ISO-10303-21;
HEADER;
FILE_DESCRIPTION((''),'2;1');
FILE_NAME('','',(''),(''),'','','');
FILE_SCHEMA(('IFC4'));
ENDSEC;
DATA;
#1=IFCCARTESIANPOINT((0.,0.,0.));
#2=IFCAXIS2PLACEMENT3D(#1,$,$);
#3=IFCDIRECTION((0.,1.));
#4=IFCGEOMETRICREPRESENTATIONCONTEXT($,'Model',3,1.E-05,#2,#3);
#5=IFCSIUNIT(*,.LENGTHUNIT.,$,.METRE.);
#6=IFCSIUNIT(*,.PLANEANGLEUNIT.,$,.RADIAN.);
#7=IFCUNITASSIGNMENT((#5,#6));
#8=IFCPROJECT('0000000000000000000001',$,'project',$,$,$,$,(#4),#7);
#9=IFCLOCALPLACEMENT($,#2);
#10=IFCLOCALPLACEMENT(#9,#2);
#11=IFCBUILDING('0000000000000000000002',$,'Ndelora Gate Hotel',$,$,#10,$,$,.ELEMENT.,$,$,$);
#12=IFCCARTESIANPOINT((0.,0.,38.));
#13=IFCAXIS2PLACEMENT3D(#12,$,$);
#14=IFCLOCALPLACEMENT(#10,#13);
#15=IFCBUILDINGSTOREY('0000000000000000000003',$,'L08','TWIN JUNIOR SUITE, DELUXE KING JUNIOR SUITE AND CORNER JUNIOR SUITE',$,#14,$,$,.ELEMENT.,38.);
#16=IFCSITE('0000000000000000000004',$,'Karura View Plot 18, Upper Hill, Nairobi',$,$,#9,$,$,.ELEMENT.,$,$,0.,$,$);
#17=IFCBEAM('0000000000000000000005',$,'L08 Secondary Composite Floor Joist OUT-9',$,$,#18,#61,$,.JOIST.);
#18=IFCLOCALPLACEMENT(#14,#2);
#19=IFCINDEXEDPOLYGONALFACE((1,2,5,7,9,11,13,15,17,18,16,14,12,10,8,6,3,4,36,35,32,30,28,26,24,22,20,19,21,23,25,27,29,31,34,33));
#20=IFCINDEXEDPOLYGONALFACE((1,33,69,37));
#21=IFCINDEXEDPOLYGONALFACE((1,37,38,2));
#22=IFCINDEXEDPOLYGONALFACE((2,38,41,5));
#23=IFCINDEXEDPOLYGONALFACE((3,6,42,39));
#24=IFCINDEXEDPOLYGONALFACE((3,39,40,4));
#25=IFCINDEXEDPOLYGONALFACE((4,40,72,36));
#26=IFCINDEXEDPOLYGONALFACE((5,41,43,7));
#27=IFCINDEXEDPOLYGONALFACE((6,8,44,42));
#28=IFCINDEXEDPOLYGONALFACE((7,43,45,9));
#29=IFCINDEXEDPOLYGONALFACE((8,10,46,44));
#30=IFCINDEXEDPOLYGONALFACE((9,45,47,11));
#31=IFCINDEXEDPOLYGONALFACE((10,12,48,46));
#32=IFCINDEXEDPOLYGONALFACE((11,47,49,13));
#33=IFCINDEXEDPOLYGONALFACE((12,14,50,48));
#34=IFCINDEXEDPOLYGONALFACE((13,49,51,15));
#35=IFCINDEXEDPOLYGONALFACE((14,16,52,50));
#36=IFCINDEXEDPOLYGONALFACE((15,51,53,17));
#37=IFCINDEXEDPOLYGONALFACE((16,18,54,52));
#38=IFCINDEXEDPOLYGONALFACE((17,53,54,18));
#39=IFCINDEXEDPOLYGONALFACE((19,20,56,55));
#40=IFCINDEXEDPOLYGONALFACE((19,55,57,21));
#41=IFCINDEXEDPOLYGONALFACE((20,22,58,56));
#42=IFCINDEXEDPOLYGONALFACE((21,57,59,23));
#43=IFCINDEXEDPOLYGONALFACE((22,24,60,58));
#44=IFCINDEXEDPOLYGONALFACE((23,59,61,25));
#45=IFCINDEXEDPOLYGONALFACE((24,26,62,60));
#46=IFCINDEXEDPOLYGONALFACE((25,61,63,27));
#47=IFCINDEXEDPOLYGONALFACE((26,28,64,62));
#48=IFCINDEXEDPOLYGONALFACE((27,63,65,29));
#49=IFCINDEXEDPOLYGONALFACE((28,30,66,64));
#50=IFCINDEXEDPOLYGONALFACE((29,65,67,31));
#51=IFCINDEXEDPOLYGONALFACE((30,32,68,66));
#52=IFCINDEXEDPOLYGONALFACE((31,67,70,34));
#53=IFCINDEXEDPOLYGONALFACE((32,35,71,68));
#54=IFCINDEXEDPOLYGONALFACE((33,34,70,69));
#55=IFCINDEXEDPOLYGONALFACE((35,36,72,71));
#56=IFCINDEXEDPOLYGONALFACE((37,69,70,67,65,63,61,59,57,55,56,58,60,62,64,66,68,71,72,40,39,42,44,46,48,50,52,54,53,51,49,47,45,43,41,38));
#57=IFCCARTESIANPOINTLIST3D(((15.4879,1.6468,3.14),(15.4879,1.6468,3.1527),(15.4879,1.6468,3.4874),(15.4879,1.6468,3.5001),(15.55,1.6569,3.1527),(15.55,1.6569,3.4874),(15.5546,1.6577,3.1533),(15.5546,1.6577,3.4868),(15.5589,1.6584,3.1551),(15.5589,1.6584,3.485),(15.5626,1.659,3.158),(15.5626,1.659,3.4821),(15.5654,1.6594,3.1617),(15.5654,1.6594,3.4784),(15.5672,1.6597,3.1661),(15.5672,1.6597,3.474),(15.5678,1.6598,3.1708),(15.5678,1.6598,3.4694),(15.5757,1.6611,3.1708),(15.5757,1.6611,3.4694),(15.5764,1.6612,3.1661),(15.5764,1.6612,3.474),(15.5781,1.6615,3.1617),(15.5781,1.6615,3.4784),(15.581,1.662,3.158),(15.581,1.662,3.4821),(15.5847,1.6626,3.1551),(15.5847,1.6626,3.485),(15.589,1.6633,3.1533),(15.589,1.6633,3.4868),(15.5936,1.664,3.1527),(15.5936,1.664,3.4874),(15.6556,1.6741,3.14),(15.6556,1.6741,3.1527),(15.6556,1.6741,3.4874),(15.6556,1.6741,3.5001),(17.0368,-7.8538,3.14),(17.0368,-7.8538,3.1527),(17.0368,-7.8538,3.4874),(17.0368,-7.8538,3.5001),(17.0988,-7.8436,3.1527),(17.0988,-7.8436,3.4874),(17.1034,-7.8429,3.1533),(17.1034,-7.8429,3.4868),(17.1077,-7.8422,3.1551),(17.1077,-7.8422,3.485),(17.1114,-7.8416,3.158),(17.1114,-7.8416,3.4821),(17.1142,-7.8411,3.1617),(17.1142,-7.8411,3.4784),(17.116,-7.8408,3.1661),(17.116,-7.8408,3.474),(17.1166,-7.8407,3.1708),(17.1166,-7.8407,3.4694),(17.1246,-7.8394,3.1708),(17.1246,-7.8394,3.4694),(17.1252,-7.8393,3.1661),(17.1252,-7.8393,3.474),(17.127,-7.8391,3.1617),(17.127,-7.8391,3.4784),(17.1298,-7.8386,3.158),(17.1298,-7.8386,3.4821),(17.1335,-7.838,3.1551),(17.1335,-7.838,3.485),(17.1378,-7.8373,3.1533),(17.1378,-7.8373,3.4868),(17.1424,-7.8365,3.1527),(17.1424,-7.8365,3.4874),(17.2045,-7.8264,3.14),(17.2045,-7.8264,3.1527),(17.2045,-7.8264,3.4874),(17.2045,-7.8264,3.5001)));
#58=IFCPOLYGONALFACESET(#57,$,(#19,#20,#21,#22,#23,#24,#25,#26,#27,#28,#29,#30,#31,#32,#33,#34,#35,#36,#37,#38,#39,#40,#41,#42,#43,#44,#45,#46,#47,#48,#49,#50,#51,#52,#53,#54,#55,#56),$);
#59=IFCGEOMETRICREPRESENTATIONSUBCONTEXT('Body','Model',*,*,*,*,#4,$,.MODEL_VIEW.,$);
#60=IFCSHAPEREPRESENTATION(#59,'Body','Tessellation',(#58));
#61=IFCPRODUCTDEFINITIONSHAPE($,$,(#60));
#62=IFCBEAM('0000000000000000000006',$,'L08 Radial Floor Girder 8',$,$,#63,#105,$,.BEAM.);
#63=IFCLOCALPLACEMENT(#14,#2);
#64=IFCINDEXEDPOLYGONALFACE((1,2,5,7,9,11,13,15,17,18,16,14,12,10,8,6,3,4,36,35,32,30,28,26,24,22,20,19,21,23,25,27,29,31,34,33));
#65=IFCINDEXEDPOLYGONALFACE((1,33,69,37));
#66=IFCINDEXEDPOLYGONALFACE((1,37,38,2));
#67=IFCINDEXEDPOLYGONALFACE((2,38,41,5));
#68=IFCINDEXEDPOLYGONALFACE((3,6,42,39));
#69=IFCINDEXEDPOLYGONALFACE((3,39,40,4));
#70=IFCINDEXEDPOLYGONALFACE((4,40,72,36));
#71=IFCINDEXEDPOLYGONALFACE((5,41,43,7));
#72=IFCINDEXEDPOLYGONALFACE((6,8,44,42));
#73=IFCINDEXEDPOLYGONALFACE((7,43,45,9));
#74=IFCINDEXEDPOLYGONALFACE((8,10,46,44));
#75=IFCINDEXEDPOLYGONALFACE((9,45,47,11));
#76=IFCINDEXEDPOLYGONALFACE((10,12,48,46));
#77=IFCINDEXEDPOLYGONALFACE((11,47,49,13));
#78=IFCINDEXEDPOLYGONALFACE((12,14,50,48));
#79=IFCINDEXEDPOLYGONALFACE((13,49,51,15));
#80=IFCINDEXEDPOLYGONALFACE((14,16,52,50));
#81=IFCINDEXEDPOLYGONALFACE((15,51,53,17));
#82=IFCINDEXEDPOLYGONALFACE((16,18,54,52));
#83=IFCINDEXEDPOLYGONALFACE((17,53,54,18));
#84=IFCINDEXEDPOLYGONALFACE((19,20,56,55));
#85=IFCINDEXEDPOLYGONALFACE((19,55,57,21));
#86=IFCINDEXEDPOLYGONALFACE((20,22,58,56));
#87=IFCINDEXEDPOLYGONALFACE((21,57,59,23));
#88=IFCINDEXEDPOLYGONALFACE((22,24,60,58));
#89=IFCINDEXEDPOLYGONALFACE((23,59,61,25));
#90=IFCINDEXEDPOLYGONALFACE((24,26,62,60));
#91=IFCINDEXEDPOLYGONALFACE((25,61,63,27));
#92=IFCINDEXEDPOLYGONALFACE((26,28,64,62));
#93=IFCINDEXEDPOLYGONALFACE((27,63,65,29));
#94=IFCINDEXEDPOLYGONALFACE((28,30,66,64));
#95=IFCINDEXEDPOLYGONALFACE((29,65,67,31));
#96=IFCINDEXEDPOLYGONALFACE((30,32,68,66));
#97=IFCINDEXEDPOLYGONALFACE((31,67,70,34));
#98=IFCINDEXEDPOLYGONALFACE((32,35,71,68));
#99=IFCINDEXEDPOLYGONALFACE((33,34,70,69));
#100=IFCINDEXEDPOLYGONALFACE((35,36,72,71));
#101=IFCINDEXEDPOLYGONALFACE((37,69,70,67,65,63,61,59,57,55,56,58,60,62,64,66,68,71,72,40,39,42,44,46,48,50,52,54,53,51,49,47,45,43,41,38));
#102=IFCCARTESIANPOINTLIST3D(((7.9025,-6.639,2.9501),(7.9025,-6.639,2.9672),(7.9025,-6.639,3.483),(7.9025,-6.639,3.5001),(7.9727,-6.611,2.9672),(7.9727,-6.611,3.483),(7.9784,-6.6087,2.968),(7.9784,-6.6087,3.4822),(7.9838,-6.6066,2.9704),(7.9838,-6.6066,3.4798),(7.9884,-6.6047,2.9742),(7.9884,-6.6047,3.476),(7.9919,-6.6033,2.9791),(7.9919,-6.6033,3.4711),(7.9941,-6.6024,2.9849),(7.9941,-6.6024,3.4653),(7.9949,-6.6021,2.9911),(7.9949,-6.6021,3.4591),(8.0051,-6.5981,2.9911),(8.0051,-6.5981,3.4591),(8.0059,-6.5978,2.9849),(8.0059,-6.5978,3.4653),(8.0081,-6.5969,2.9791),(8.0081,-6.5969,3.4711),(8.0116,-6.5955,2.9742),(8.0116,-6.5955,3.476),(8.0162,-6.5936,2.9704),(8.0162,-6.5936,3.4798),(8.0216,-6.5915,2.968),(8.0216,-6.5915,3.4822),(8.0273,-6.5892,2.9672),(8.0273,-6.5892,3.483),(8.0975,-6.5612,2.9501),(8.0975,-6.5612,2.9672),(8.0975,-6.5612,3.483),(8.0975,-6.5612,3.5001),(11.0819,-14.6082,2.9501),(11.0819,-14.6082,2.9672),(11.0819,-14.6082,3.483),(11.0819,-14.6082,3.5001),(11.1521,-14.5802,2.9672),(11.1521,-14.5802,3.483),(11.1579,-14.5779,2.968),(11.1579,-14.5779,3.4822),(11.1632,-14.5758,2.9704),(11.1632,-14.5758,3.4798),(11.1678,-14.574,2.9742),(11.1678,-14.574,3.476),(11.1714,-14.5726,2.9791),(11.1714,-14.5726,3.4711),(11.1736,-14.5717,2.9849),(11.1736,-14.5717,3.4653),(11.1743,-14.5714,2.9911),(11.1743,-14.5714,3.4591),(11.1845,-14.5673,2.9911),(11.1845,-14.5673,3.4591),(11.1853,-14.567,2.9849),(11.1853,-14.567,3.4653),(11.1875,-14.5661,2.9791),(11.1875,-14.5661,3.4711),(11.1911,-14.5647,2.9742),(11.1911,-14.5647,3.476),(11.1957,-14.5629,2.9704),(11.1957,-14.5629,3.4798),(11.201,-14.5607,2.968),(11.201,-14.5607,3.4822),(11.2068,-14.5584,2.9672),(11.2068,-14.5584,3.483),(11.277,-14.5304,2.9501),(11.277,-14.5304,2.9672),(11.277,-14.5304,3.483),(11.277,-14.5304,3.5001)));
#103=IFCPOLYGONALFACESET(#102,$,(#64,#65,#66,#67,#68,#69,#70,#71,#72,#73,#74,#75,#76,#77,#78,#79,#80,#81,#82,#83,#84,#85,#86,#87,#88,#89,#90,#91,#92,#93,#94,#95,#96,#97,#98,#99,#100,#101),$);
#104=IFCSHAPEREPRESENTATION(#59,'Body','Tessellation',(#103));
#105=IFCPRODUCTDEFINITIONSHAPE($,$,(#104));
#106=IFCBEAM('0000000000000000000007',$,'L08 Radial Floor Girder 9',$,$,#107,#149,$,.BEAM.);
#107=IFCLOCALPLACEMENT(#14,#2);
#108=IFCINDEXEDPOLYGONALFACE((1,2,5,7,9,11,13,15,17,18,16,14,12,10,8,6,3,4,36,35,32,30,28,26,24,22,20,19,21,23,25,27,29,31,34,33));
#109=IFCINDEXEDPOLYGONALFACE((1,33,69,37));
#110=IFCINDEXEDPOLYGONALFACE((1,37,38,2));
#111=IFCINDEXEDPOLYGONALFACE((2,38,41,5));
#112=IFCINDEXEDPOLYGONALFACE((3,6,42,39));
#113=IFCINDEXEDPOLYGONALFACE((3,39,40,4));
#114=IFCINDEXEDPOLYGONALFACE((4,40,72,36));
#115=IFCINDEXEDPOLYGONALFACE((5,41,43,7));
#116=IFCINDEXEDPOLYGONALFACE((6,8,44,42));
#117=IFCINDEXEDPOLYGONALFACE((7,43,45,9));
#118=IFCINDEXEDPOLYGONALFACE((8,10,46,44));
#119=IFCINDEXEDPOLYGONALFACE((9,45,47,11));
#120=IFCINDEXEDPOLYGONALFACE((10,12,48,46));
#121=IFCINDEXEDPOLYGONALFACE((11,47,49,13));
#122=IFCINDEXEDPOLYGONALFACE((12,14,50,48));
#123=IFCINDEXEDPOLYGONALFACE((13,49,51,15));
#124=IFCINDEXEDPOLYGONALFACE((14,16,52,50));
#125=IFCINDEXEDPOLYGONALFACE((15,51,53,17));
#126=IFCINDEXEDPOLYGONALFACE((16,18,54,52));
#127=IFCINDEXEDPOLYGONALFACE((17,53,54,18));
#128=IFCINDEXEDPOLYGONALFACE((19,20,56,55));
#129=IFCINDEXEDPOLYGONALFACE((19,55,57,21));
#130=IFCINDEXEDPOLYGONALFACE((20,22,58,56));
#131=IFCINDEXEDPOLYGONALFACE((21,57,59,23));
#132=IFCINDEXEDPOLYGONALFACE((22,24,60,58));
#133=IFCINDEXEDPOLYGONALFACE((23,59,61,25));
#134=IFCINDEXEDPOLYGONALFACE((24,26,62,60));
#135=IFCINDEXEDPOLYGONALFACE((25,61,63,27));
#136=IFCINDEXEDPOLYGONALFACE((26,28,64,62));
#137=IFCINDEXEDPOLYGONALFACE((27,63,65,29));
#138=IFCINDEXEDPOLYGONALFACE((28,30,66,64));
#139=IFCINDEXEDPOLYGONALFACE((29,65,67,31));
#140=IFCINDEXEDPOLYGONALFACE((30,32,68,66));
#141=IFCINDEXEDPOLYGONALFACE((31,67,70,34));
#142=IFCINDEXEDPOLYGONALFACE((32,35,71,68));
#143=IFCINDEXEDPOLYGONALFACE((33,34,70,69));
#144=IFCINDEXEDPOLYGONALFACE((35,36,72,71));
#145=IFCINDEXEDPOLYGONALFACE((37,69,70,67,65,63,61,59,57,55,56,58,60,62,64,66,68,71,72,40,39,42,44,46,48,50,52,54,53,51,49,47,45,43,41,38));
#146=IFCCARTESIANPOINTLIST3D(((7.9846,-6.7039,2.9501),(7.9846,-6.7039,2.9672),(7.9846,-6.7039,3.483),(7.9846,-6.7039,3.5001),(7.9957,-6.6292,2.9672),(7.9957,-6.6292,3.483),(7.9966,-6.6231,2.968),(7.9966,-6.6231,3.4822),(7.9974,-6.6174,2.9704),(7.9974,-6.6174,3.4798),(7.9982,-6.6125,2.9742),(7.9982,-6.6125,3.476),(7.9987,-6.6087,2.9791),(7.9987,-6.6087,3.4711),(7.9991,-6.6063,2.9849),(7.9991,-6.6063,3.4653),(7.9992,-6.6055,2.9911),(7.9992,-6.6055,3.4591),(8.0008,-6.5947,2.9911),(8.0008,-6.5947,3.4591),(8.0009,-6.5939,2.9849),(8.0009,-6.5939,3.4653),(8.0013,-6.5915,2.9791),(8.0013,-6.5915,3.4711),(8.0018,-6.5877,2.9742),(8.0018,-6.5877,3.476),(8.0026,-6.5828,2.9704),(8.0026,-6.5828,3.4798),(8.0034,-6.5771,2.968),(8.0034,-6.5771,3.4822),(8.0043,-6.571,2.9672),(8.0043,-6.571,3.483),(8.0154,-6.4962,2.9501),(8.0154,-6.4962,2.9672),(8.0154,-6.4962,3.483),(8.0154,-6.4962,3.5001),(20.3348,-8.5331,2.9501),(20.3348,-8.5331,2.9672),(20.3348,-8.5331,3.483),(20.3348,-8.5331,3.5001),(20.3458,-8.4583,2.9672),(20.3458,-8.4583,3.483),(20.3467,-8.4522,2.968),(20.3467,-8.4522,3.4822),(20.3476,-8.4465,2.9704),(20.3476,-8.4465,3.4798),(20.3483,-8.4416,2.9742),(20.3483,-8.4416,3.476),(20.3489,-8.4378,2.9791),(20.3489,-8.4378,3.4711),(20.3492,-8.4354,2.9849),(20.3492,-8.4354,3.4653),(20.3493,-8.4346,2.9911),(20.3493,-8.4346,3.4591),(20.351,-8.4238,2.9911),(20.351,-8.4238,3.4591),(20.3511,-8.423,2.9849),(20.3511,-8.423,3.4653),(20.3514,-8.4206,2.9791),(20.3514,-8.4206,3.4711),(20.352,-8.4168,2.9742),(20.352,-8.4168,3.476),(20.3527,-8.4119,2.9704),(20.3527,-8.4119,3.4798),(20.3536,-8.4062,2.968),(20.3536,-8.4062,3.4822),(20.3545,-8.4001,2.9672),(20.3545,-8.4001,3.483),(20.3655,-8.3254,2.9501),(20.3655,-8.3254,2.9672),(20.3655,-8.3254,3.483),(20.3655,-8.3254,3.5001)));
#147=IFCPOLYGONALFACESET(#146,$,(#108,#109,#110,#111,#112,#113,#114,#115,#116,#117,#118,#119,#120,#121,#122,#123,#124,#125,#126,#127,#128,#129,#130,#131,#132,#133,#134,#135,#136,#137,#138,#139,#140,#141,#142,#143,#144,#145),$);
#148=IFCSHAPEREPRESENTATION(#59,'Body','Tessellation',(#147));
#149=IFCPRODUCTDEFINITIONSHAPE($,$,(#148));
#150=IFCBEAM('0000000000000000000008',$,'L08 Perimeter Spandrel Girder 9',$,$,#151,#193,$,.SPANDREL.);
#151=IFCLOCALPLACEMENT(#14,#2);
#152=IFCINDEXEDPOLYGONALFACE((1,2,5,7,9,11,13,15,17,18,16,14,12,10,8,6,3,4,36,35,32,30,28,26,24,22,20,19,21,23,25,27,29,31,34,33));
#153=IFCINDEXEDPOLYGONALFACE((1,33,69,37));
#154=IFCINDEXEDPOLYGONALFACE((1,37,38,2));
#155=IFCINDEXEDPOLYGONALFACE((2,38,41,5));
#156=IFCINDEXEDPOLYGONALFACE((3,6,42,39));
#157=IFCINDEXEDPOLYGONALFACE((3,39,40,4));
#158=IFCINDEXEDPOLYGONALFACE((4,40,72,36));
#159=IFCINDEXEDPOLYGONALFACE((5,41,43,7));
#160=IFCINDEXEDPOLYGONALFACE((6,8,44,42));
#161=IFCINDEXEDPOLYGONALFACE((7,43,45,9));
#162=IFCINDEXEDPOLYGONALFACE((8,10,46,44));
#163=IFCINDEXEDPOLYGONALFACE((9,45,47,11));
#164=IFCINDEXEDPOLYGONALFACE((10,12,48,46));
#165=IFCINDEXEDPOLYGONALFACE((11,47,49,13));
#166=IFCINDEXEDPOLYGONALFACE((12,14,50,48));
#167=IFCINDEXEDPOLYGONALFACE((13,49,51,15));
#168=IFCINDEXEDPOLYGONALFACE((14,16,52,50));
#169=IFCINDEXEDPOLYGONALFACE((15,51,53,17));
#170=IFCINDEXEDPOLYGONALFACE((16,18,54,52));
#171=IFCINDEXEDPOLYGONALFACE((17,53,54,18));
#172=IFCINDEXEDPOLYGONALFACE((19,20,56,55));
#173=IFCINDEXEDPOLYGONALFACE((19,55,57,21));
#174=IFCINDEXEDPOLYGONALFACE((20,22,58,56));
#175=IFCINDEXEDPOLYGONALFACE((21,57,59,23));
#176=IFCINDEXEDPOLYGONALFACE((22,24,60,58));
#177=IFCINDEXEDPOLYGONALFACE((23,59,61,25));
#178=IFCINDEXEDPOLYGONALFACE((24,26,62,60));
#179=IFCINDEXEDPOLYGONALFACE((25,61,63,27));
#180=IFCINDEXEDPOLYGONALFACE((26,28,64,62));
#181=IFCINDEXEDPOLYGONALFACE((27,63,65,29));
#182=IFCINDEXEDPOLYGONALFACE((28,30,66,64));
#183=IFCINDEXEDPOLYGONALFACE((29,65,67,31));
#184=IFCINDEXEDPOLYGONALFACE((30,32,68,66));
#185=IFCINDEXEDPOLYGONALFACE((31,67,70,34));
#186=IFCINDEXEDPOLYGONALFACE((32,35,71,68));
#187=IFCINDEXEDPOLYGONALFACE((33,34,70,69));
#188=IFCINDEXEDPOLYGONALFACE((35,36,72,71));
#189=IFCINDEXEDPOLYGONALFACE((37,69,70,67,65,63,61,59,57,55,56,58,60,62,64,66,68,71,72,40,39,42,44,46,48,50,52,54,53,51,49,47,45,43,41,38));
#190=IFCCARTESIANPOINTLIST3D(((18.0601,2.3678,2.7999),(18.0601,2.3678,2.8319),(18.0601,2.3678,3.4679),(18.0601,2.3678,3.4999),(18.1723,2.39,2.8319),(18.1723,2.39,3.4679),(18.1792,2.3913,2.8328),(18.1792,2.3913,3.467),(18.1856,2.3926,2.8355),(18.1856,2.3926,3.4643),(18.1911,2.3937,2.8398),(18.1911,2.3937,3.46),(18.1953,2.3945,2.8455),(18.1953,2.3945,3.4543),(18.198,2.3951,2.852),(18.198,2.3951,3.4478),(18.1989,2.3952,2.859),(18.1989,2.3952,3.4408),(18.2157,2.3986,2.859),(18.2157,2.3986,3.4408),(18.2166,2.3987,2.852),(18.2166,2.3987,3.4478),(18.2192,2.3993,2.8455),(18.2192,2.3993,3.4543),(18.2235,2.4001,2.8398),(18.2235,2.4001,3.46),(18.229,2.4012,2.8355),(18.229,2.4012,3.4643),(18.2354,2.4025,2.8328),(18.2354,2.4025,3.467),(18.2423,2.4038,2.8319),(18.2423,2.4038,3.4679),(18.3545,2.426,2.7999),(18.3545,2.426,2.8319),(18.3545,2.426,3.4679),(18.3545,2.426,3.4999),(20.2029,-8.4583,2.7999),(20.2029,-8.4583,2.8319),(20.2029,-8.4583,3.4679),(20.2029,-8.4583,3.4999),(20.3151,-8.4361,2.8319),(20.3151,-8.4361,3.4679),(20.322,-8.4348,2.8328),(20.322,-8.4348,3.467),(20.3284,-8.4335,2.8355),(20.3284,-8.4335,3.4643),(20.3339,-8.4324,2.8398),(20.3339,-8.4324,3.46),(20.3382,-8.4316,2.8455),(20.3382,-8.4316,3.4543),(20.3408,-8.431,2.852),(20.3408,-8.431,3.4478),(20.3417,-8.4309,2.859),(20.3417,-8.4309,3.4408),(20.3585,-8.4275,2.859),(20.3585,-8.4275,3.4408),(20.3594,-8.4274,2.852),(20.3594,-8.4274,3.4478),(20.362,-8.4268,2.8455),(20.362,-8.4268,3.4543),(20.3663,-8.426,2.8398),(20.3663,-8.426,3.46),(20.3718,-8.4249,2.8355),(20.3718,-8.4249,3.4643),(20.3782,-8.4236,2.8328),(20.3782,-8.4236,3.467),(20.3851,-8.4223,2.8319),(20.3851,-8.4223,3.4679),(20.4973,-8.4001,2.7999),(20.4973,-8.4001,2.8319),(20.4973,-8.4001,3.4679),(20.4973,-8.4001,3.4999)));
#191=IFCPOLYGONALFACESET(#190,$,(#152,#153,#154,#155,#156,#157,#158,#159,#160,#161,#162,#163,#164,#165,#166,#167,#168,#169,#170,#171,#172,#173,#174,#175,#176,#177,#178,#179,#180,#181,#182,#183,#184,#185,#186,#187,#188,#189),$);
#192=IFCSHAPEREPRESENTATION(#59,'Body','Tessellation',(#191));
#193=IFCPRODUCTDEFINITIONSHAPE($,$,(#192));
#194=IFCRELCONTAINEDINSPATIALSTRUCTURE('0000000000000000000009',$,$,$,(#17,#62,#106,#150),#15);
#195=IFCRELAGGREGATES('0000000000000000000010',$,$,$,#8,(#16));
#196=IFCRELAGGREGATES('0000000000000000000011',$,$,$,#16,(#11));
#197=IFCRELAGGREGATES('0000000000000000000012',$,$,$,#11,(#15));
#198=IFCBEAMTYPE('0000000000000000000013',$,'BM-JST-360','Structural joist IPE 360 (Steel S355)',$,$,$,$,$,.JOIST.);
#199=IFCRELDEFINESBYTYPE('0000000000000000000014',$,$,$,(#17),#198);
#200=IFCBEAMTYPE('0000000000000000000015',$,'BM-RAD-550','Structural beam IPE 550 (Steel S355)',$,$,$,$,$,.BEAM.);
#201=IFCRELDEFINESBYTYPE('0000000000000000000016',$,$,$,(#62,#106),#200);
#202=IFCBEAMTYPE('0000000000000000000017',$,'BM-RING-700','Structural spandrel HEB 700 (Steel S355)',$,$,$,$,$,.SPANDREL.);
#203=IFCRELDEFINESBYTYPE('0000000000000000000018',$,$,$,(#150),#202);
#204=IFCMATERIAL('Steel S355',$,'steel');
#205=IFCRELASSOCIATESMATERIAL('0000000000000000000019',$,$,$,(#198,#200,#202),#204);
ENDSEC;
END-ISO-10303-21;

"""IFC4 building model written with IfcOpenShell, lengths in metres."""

from ifc_helpers import new_model, si_unit, direction, frame, origin, origin_2d, place, context, subcontext, project, spatial, i_section, extrude, material, material_profile, profile_set, type_object, element, save


model = new_model("IFC4")

# Units and contexts
model_context = context("Model", 3, precision=1e-05, world=origin(), true_north=direction((0.0, 1.0)))
body_context = subcontext(model_context, "Body", "Model", "MODEL_VIEW")
ifc_project = project(units=[si_unit("LENGTHUNIT", "METRE"), si_unit("PLANEANGLEUNIT", "RADIAN")], contexts=[model_context])

# Site, building, storey
site_placement = place(None, origin())
site = spatial("IfcSite", under=ifc_project, at=site_placement, Name="Karura View Plot 18, Upper Hill, Nairobi", CompositionType="ELEMENT", RefElevation=0.0)
building_placement = place(site_placement, origin())
building = spatial("IfcBuilding", under=site, at=building_placement, Name="Ndelora Gate Hotel", CompositionType="ELEMENT")
storey_placement = place(building_placement, frame((0.0, 0.0, 38.0)))
storey = spatial("IfcBuildingStorey", under=building, at=storey_placement, Name="L08", Description="TWIN JUNIOR SUITE, DELUXE KING JUNIOR SUITE AND CORNER JUNIOR SUITE", CompositionType="ELEMENT", Elevation=38.0)

# Beams
ifc_material_1 = material(Name="Steel S355", Category="steel")
ifc_material_profile_1 = material_profile(ifc_material_1, i_section(OverallWidth=0.1699, OverallDepth=0.3601, WebThickness=0.0081, FlangeThickness=0.0127, FilletRadius=0.0181, at=origin_2d()), Name="IPE 360")
ifc_profile_set_1 = profile_set([ifc_material_profile_1], Name="Steel S355")
beam_type_1 = type_object("IfcBeamType", Name="BM-JST-360", Description="Structural joist IPE 360 (Steel S355)", PredefinedType="JOIST", material=ifc_profile_set_1)
beam_1_placement = place(storey_placement, frame((17.1206, -7.8401, 3.3201), z_axis=(-0.160902, 0.98697, 0.0), x_axis=(-0.98697, -0.160902, 0.0)))
element("IfcBeam", 1, at=beam_1_placement, inside=storey, type_object=beam_type_1, Name="L08 Secondary Composite Floor Joist OUT-9", PredefinedType="JOIST", context=body_context, shape_type="SweptSolid", body=[
    extrude(i_section(OverallWidth=0.1699, OverallDepth=0.3601, WebThickness=0.0081, FlangeThickness=0.0127, FilletRadius=0.0181, at=origin_2d()), origin(), (0.0, 0.0, 1.0), 9.626),
])
ifc_material_profile_2 = material_profile(ifc_material_1, i_section(OverallWidth=0.21, OverallDepth=0.55, WebThickness=0.011, FlangeThickness=0.0171, FilletRadius=0.0239, at=origin_2d()), Name="IPE 550")
ifc_profile_set_2 = profile_set([ifc_material_profile_2], Name="Steel S355")
beam_type_2 = type_object("IfcBeamType", Name="BM-RAD-550", Description="Structural beam IPE 550 (Steel S355)", PredefinedType="BEAM", material=ifc_profile_set_2)
beam_2_placement = place(storey_placement, frame((8.0, -6.6001, 3.2251), z_axis=(0.370561, -0.928808, 0.0), x_axis=(0.928808, 0.370561, 0.0)))
element("IfcBeam", 2, at=beam_2_placement, inside=storey, type_object=beam_type_2, Name="L08 Radial Floor Girder 8", PredefinedType="BEAM", context=body_context, shape_type="SweptSolid", body=[
    extrude(i_section(OverallWidth=0.21, OverallDepth=0.55, WebThickness=0.011, FlangeThickness=0.0171, FilletRadius=0.0239, at=origin_2d()), origin(), (0.0, 0.0, 1.0), 8.5801),
])
beam_3_placement = place(storey_placement, frame((8.0, -6.6001, 3.2251), z_axis=(0.98921, -0.146506, 0.0), x_axis=(0.146506, 0.98921, 0.0)))
element("IfcBeam", 3, at=beam_3_placement, inside=storey, type_object=beam_type_2, Name="L08 Radial Floor Girder 9", PredefinedType="BEAM", context=body_context, shape_type="SweptSolid", body=[
    extrude(i_section(OverallWidth=0.21, OverallDepth=0.55, WebThickness=0.011, FlangeThickness=0.0171, FilletRadius=0.0239, at=origin_2d()), origin(), (0.0, 0.0, 1.0), 12.4849),
])
ifc_material_profile_3 = material_profile(ifc_material_1, i_section(OverallWidth=0.3, OverallDepth=0.7, WebThickness=0.0171, FlangeThickness=0.032, FilletRadius=0.0271, at=origin_2d()), Name="HEB 700")
ifc_profile_set_3 = profile_set([ifc_material_profile_3], Name="Steel S355")
beam_type_3 = type_object("IfcBeamType", Name="BM-RING-700", Description="Structural spandrel HEB 700 (Steel S355)", PredefinedType="SPANDREL", material=ifc_profile_set_3)
beam_4_placement = place(storey_placement, frame((20.3501, -8.4292, 3.1499), z_axis=(-0.194163, 0.980969, 0.0), x_axis=(-0.980969, -0.194163, 0.0)))
element("IfcBeam", 4, at=beam_4_placement, inside=storey, type_object=beam_type_3, Name="L08 Perimeter Spandrel Girder 9", PredefinedType="SPANDREL", context=body_context, shape_type="SweptSolid", body=[
    extrude(i_section(OverallWidth=0.3, OverallDepth=0.7, WebThickness=0.0171, FlangeThickness=0.032, FilletRadius=0.0271, at=origin_2d()), origin(), (0.0, 0.0, 1.0), 11.0361),
])

save(model, "model.ifc")
